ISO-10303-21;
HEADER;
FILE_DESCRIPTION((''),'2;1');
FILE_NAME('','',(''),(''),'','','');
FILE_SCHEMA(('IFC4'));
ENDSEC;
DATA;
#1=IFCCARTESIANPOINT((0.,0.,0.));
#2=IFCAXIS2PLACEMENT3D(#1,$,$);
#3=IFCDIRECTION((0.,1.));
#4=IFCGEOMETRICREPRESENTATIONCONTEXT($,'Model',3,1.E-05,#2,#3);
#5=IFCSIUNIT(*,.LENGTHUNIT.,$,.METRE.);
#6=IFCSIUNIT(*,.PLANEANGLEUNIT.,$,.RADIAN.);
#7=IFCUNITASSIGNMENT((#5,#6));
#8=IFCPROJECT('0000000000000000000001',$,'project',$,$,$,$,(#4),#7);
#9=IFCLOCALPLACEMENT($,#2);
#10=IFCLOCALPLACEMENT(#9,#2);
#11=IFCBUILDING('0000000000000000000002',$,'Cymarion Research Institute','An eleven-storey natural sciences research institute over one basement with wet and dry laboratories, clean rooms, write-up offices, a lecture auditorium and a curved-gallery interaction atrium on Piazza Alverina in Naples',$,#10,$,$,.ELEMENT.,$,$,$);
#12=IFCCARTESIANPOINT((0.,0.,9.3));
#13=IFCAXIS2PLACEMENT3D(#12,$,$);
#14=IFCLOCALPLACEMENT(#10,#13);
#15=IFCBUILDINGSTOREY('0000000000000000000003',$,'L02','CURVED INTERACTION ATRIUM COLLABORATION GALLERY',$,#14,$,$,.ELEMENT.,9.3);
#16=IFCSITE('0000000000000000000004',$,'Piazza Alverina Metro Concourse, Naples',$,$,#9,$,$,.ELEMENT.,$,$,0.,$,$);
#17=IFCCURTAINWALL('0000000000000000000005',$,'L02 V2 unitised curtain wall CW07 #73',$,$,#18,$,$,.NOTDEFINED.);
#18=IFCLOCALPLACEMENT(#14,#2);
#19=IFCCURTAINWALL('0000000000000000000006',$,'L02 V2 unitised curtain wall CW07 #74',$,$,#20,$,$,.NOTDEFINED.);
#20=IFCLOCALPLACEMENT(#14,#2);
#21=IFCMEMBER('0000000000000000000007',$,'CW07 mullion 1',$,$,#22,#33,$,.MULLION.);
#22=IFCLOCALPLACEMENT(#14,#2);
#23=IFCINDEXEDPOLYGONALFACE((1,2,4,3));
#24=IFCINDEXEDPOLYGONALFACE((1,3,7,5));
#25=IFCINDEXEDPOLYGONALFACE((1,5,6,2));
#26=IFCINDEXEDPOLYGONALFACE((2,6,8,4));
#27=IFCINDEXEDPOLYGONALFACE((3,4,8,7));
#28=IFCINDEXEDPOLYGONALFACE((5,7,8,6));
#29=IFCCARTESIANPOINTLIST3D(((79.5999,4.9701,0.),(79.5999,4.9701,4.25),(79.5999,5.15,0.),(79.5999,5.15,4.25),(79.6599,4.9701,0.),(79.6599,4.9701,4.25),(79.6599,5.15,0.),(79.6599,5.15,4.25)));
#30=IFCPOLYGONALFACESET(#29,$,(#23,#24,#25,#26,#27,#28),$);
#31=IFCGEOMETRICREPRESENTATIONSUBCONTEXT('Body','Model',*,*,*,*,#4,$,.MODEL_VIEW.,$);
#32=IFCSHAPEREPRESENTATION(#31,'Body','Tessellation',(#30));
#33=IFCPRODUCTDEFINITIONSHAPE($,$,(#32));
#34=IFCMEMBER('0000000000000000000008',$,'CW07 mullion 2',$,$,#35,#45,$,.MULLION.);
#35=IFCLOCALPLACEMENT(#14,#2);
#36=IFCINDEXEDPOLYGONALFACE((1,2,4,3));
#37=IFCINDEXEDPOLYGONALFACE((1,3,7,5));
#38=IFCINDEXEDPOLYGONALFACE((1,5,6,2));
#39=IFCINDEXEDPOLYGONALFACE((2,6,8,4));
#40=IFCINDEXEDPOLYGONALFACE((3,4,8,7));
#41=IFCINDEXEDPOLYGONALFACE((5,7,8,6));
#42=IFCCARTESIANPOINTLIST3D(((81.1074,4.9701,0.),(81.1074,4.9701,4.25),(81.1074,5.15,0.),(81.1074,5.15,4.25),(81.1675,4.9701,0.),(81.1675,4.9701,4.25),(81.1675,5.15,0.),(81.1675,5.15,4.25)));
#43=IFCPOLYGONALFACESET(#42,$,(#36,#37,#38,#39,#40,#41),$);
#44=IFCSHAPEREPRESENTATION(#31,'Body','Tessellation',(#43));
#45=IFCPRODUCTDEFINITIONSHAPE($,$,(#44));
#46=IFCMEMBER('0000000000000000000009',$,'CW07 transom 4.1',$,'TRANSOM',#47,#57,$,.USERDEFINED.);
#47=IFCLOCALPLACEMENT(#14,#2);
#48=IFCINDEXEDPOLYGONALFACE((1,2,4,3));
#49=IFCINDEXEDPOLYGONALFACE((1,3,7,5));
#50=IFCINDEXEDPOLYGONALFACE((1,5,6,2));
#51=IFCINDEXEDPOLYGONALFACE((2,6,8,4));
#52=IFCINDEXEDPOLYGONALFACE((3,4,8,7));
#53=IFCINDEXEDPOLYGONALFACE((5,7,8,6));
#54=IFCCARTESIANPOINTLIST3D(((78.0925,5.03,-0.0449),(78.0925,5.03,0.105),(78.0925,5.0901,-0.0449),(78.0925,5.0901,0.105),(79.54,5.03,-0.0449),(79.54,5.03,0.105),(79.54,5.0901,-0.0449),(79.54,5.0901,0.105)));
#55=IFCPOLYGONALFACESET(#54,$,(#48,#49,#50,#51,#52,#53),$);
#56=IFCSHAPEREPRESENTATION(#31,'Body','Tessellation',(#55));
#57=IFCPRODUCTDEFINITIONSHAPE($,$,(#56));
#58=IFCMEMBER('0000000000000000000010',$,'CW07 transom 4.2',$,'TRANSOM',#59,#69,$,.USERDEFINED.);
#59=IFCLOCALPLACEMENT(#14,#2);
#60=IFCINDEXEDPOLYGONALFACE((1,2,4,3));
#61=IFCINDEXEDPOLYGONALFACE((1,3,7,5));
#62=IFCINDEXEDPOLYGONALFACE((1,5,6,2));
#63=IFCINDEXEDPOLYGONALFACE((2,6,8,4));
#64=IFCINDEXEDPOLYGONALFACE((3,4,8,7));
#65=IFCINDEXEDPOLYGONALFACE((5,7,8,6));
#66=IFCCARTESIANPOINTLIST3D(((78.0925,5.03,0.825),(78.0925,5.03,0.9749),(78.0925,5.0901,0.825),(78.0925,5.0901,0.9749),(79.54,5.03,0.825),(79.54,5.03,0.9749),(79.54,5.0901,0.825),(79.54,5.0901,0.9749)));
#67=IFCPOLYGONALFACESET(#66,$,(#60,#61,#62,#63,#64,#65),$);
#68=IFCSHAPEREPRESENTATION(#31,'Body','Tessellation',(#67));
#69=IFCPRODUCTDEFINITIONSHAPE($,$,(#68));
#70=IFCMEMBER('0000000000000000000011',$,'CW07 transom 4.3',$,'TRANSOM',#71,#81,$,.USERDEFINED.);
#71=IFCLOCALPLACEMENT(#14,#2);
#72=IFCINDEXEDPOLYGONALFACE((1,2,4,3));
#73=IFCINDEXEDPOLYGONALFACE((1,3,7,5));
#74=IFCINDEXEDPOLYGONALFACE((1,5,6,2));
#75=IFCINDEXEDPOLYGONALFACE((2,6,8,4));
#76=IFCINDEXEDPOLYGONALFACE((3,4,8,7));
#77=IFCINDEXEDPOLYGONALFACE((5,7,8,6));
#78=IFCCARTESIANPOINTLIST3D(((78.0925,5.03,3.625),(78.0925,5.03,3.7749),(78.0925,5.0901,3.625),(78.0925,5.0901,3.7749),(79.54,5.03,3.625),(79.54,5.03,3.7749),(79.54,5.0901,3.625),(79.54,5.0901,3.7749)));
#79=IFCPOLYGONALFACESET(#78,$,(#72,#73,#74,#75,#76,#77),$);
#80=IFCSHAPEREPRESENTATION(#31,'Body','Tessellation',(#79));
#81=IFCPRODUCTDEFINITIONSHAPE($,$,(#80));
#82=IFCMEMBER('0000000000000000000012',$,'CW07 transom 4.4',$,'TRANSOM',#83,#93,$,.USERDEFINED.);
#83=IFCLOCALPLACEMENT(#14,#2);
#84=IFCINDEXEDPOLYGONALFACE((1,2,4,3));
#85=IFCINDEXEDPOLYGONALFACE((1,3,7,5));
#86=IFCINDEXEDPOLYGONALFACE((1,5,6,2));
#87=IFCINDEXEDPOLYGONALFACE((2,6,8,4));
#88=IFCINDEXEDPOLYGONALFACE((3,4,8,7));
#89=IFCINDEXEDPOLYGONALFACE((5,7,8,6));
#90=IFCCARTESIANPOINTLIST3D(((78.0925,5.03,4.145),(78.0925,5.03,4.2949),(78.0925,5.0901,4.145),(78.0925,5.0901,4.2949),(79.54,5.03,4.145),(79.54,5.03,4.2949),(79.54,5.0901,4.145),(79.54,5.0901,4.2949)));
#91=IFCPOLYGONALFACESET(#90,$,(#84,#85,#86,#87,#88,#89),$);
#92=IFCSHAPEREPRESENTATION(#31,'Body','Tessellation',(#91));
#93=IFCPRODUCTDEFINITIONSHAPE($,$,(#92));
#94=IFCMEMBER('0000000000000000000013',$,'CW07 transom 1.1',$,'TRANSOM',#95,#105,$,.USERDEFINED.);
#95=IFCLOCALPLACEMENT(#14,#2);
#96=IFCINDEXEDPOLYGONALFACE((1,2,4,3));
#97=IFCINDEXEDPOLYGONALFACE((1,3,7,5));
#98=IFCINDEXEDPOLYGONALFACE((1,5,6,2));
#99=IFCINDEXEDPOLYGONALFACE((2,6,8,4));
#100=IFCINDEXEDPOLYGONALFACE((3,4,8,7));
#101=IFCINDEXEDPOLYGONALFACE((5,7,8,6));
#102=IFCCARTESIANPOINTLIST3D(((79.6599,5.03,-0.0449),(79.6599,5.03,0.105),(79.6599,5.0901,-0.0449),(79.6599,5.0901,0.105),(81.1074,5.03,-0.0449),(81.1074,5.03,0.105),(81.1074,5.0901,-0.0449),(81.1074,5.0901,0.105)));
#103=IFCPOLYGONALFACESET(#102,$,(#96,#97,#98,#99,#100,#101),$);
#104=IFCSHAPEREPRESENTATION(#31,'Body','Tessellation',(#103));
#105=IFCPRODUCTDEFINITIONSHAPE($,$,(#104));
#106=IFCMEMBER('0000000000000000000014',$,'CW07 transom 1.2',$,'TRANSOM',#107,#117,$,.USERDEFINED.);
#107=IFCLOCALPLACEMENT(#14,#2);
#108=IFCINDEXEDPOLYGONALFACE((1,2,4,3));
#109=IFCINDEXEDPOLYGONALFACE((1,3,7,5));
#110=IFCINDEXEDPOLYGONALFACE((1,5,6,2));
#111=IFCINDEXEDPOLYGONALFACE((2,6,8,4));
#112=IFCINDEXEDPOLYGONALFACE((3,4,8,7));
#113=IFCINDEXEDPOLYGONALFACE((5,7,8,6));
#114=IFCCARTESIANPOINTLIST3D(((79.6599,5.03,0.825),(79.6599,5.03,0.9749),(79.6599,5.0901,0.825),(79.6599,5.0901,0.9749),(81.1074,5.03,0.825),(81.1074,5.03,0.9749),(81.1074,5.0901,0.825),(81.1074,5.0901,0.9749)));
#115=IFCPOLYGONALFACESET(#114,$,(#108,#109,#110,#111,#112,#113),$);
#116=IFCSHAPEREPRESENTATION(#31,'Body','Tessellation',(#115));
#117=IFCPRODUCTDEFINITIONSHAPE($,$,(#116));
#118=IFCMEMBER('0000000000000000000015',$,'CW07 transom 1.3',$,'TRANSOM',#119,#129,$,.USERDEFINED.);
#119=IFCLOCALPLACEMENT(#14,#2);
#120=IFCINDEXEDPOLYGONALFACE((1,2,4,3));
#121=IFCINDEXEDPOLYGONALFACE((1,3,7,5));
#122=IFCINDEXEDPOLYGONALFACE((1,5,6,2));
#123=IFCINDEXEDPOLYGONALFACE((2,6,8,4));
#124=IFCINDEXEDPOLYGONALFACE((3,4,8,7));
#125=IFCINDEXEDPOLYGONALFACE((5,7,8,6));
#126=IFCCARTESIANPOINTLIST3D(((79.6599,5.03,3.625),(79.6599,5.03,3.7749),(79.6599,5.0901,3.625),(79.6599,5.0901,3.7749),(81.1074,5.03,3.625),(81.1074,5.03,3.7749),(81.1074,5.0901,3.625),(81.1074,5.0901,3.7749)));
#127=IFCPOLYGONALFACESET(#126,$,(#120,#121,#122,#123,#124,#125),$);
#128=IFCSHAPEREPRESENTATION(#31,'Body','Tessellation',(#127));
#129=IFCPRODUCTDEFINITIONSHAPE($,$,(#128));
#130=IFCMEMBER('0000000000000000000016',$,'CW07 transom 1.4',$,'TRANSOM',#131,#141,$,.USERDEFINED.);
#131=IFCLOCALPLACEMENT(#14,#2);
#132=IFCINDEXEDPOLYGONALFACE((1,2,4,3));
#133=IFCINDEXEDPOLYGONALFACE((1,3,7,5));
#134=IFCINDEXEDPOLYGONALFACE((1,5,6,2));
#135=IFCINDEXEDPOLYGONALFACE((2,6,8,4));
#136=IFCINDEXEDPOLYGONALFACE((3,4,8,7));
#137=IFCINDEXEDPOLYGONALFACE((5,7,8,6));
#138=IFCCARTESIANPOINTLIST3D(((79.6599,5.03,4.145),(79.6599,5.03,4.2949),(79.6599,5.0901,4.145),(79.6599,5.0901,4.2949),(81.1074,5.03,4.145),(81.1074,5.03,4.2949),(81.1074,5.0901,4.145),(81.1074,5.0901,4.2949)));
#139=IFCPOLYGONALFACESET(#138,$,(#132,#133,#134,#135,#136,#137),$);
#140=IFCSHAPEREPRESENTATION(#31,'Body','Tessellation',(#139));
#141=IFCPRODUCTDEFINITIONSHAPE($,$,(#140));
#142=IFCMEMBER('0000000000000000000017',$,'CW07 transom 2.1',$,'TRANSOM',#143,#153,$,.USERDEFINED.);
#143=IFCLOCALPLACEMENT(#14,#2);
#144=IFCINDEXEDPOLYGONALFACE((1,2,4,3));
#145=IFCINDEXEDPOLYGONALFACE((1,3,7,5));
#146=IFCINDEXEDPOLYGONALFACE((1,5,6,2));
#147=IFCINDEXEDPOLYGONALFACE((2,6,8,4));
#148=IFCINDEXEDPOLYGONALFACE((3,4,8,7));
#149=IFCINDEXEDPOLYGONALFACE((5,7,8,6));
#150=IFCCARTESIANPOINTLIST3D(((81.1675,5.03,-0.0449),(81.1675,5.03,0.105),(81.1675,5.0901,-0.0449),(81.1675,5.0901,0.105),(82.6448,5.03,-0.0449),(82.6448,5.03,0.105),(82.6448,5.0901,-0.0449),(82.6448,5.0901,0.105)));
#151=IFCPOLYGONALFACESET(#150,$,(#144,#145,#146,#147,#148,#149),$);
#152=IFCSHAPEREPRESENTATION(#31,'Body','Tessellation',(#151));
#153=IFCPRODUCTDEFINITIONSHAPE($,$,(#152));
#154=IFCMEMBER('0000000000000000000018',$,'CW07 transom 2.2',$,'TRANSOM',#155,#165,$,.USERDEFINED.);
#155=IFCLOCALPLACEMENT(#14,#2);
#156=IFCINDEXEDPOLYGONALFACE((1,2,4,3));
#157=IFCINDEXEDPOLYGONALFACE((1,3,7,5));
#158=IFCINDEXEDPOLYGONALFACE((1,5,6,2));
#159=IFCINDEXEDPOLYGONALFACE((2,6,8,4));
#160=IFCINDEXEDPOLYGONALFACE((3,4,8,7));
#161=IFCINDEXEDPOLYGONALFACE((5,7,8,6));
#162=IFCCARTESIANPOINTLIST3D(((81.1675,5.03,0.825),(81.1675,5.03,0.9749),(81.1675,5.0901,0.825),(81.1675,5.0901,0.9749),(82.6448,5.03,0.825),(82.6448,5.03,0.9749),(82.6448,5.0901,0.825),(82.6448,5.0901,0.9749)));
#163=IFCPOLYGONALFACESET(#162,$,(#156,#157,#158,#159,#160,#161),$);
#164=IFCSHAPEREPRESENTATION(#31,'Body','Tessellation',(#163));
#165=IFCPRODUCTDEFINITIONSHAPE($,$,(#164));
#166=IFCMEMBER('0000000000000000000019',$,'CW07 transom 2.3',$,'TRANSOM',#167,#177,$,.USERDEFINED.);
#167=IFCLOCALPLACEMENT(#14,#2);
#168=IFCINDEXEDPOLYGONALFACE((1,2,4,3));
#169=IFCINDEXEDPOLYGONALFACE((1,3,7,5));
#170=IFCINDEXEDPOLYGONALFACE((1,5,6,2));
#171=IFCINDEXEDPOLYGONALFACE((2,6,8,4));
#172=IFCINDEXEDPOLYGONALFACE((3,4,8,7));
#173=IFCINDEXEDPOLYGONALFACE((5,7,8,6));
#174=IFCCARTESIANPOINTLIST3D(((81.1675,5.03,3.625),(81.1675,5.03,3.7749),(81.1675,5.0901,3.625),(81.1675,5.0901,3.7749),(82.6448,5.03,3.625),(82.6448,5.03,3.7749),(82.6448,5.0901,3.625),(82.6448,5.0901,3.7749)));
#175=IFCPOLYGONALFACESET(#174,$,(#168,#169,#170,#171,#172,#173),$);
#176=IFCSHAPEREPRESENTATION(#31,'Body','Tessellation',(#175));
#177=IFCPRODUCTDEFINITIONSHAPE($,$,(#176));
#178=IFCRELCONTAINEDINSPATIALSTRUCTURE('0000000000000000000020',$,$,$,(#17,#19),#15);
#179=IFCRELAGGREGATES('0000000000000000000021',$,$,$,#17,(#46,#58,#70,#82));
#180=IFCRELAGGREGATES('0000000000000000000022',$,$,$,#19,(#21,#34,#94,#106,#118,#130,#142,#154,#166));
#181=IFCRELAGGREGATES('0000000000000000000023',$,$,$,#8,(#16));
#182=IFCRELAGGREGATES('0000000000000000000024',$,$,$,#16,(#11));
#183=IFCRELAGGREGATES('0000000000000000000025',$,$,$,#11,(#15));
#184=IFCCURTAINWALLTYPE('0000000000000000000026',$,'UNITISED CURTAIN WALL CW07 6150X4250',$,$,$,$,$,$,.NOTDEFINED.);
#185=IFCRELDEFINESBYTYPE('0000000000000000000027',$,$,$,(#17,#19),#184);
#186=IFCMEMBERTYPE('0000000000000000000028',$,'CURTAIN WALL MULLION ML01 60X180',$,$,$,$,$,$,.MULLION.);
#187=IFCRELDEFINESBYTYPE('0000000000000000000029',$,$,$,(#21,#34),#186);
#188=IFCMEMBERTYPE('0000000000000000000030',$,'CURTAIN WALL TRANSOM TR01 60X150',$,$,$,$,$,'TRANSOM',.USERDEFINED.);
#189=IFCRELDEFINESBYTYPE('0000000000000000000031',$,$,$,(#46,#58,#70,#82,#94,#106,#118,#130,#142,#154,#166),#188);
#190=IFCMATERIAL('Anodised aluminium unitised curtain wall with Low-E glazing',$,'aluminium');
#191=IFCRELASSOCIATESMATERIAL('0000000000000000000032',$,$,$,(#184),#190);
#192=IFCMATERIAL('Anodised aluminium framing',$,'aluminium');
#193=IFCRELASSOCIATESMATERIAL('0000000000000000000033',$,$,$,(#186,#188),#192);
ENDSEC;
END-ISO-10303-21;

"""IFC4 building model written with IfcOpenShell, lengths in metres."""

from ifc_helpers import new_model, si_unit, direction, frame, origin, origin_2d, place, context, subcontext, project, spatial, rectangle, extrude, material, material_profile, profile_set, type_object, element, aggregate, save


model = new_model("IFC4")

# Units and contexts
model_context = context("Model", 3, precision=1e-05, world=origin(), true_north=direction((0.0, 1.0)))
body_context = subcontext(model_context, "Body", "Model", "MODEL_VIEW")
ifc_project = project(units=[si_unit("LENGTHUNIT", "METRE"), si_unit("PLANEANGLEUNIT", "RADIAN")], contexts=[model_context])

# Site, building, storey
site_placement = place(None, origin())
site = spatial("IfcSite", under=ifc_project, at=site_placement, Name="Piazza Alverina Metro Concourse, Naples", CompositionType="ELEMENT", RefElevation=0.0)
building_placement = place(site_placement, origin())
building = spatial("IfcBuilding", under=site, at=building_placement, Name="Cymarion Research Institute", Description="An eleven-storey natural sciences research institute over one basement with wet and dry laboratories, clean rooms, write-up offices, a lecture auditorium and a curved-gallery interaction atrium on Piazza Alverina in Naples", CompositionType="ELEMENT")
storey_placement = place(building_placement, frame((0.0, 0.0, 9.3)))
storey = spatial("IfcBuildingStorey", under=building, at=storey_placement, Name="L02", Description="CURVED INTERACTION ATRIUM COLLABORATION GALLERY", CompositionType="ELEMENT", Elevation=9.3)

# Curtain walls, members
ifc_material_1 = material(Name="Anodised aluminium unitised curtain wall with Low-E glazing", Category="aluminium")
curtain_wall_type = type_object("IfcCurtainWallType", Name="UNITISED CURTAIN WALL CW07 6150X4250", PredefinedType="NOTDEFINED", material=ifc_material_1)
curtain_wall_1_placement = place(storey_placement, origin())
curtain_wall_1 = element("IfcCurtainWall", 1, at=curtain_wall_1_placement, inside=storey, type_object=curtain_wall_type, Name="L02 V2 unitised curtain wall CW07 #73", PredefinedType="NOTDEFINED")
ifc_material_2 = material(Name="Anodised aluminium framing", Category="aluminium")
ifc_material_profile_1 = material_profile(ifc_material_2, rectangle(XDim=0.0601, YDim=0.1799, at=origin_2d()), Name="ALU MULLION 60x180")
ifc_profile_set_1 = profile_set([ifc_material_profile_1], Name="Anodised aluminium framing")
member_type_1 = type_object("IfcMemberType", Name="CURTAIN WALL MULLION ML01 60X180", PredefinedType="MULLION", material=ifc_profile_set_1)
curtain_wall_2_placement = place(storey_placement, origin())
curtain_wall_2 = element("IfcCurtainWall", 2, at=curtain_wall_2_placement, inside=storey, type_object=curtain_wall_type, Name="L02 V2 unitised curtain wall CW07 #74", PredefinedType="NOTDEFINED")
member_1_placement = place(storey_placement, frame((79.6299, 5.0601, 0.0), z_axis=(0.0, 0.0, 1.0), x_axis=(1.0, 0.0, 0.0)))
member_1 = element("IfcMember", 3, at=member_1_placement, type_object=member_type_1, Name="CW07 mullion 1", PredefinedType="MULLION", context=body_context, shape_type="SweptSolid", body=[
    extrude(rectangle(XDim=0.0601, YDim=0.1799, at=origin_2d()), origin(), (0.0, 0.0, 1.0), 4.25),
])
member_2_placement = place(storey_placement, frame((81.1375, 5.0601, 0.0), z_axis=(0.0, 0.0, 1.0), x_axis=(1.0, 0.0, 0.0)))
member_2 = element("IfcMember", 4, at=member_2_placement, type_object=member_type_1, Name="CW07 mullion 2", PredefinedType="MULLION", context=body_context, shape_type="SweptSolid", body=[
    extrude(rectangle(XDim=0.0601, YDim=0.1799, at=origin_2d()), origin(), (0.0, 0.0, 1.0), 4.25),
])

# Members
ifc_material_profile_2 = material_profile(ifc_material_2, rectangle(XDim=0.0601, YDim=0.1499, at=origin_2d()), Name="ALU TRANSOM 60x150")
ifc_profile_set_2 = profile_set([ifc_material_profile_2], Name="Anodised aluminium framing")
member_type_2 = type_object("IfcMemberType", Name="CURTAIN WALL TRANSOM TR01 60X150", ElementType="TRANSOM", PredefinedType="USERDEFINED", material=ifc_profile_set_2)
member_3_placement = place(storey_placement, frame((78.0925, 5.0601, 0.03), z_axis=(1.0, 0.0, 0.0), x_axis=(0.0, 1.0, 0.0)))
member_3 = element("IfcMember", 5, at=member_3_placement, type_object=member_type_2, Name="CW07 transom 4.1", ObjectType="TRANSOM", PredefinedType="USERDEFINED", context=body_context, shape_type="SweptSolid", body=[
    extrude(rectangle(XDim=0.0601, YDim=0.1499, at=origin_2d()), origin(), (0.0, 0.0, 1.0), 1.4475),
])
member_4_placement = place(storey_placement, frame((78.0925, 5.0601, 0.8999), z_axis=(1.0, 0.0, 0.0), x_axis=(0.0, 1.0, 0.0)))
member_4 = element("IfcMember", 6, at=member_4_placement, type_object=member_type_2, Name="CW07 transom 4.2", ObjectType="TRANSOM", PredefinedType="USERDEFINED", context=body_context, shape_type="SweptSolid", body=[
    extrude(rectangle(XDim=0.0601, YDim=0.1499, at=origin_2d()), origin(), (0.0, 0.0, 1.0), 1.4475),
])
member_5_placement = place(storey_placement, frame((78.0925, 5.0601, 3.7), z_axis=(1.0, 0.0, 0.0), x_axis=(0.0, 1.0, 0.0)))
member_5 = element("IfcMember", 7, at=member_5_placement, type_object=member_type_2, Name="CW07 transom 4.3", ObjectType="TRANSOM", PredefinedType="USERDEFINED", context=body_context, shape_type="SweptSolid", body=[
    extrude(rectangle(XDim=0.0601, YDim=0.1499, at=origin_2d()), origin(), (0.0, 0.0, 1.0), 1.4475),
])
member_6_placement = place(storey_placement, frame((78.0925, 5.0601, 4.22), z_axis=(1.0, 0.0, 0.0), x_axis=(0.0, 1.0, 0.0)))
member_6 = element("IfcMember", 8, at=member_6_placement, type_object=member_type_2, Name="CW07 transom 4.4", ObjectType="TRANSOM", PredefinedType="USERDEFINED", context=body_context, shape_type="SweptSolid", body=[
    extrude(rectangle(XDim=0.0601, YDim=0.1499, at=origin_2d()), origin(), (0.0, 0.0, 1.0), 1.4475),
])
member_7_placement = place(storey_placement, frame((79.6599, 5.0601, 0.03), z_axis=(1.0, 0.0, 0.0), x_axis=(0.0, 1.0, 0.0)))
member_7 = element("IfcMember", 9, at=member_7_placement, type_object=member_type_2, Name="CW07 transom 1.1", ObjectType="TRANSOM", PredefinedType="USERDEFINED", context=body_context, shape_type="SweptSolid", body=[
    extrude(rectangle(XDim=0.0601, YDim=0.1499, at=origin_2d()), origin(), (0.0, 0.0, 1.0), 1.4475),
])
member_8_placement = place(storey_placement, frame((79.6599, 5.0601, 0.8999), z_axis=(1.0, 0.0, 0.0), x_axis=(0.0, 1.0, 0.0)))
member_8 = element("IfcMember", 10, at=member_8_placement, type_object=member_type_2, Name="CW07 transom 1.2", ObjectType="TRANSOM", PredefinedType="USERDEFINED", context=body_context, shape_type="SweptSolid", body=[
    extrude(rectangle(XDim=0.0601, YDim=0.1499, at=origin_2d()), origin(), (0.0, 0.0, 1.0), 1.4475),
])
member_9_placement = place(storey_placement, frame((79.6599, 5.0601, 3.7), z_axis=(1.0, 0.0, 0.0), x_axis=(0.0, 1.0, 0.0)))
member_9 = element("IfcMember", 11, at=member_9_placement, type_object=member_type_2, Name="CW07 transom 1.3", ObjectType="TRANSOM", PredefinedType="USERDEFINED", context=body_context, shape_type="SweptSolid", body=[
    extrude(rectangle(XDim=0.0601, YDim=0.1499, at=origin_2d()), origin(), (0.0, 0.0, 1.0), 1.4475),
])
member_10_placement = place(storey_placement, frame((79.6599, 5.0601, 4.22), z_axis=(1.0, 0.0, 0.0), x_axis=(0.0, 1.0, 0.0)))
member_10 = element("IfcMember", 12, at=member_10_placement, type_object=member_type_2, Name="CW07 transom 1.4", ObjectType="TRANSOM", PredefinedType="USERDEFINED", context=body_context, shape_type="SweptSolid", body=[
    extrude(rectangle(XDim=0.0601, YDim=0.1499, at=origin_2d()), origin(), (0.0, 0.0, 1.0), 1.4475),
])
member_11_placement = place(storey_placement, frame((81.1675, 5.0601, 0.03), z_axis=(1.0, 0.0, 0.0), x_axis=(0.0, 1.0, 0.0)))
member_11 = element("IfcMember", 13, at=member_11_placement, type_object=member_type_2, Name="CW07 transom 2.1", ObjectType="TRANSOM", PredefinedType="USERDEFINED", context=body_context, shape_type="SweptSolid", body=[
    extrude(rectangle(XDim=0.0601, YDim=0.1499, at=origin_2d()), origin(), (0.0, 0.0, 1.0), 1.4773),
])
member_12_placement = place(storey_placement, frame((81.1675, 5.0601, 0.8999), z_axis=(1.0, 0.0, 0.0), x_axis=(0.0, 1.0, 0.0)))
member_12 = element("IfcMember", 14, at=member_12_placement, type_object=member_type_2, Name="CW07 transom 2.2", ObjectType="TRANSOM", PredefinedType="USERDEFINED", context=body_context, shape_type="SweptSolid", body=[
    extrude(rectangle(XDim=0.0601, YDim=0.1499, at=origin_2d()), origin(), (0.0, 0.0, 1.0), 1.4773),
])
member_13_placement = place(storey_placement, frame((81.1675, 5.0601, 3.7), z_axis=(1.0, 0.0, 0.0), x_axis=(0.0, 1.0, 0.0)))
member_13 = element("IfcMember", 15, at=member_13_placement, type_object=member_type_2, Name="CW07 transom 2.3", ObjectType="TRANSOM", PredefinedType="USERDEFINED", context=body_context, shape_type="SweptSolid", body=[
    extrude(rectangle(XDim=0.0601, YDim=0.1499, at=origin_2d()), origin(), (0.0, 0.0, 1.0), 1.4773),
])

aggregate(curtain_wall_1, [member_3, member_4, member_5, member_6])
aggregate(curtain_wall_2, [member_1, member_2, member_7, member_8, member_9, member_10, member_11, member_12, member_13])

save(model, "model.ifc")
